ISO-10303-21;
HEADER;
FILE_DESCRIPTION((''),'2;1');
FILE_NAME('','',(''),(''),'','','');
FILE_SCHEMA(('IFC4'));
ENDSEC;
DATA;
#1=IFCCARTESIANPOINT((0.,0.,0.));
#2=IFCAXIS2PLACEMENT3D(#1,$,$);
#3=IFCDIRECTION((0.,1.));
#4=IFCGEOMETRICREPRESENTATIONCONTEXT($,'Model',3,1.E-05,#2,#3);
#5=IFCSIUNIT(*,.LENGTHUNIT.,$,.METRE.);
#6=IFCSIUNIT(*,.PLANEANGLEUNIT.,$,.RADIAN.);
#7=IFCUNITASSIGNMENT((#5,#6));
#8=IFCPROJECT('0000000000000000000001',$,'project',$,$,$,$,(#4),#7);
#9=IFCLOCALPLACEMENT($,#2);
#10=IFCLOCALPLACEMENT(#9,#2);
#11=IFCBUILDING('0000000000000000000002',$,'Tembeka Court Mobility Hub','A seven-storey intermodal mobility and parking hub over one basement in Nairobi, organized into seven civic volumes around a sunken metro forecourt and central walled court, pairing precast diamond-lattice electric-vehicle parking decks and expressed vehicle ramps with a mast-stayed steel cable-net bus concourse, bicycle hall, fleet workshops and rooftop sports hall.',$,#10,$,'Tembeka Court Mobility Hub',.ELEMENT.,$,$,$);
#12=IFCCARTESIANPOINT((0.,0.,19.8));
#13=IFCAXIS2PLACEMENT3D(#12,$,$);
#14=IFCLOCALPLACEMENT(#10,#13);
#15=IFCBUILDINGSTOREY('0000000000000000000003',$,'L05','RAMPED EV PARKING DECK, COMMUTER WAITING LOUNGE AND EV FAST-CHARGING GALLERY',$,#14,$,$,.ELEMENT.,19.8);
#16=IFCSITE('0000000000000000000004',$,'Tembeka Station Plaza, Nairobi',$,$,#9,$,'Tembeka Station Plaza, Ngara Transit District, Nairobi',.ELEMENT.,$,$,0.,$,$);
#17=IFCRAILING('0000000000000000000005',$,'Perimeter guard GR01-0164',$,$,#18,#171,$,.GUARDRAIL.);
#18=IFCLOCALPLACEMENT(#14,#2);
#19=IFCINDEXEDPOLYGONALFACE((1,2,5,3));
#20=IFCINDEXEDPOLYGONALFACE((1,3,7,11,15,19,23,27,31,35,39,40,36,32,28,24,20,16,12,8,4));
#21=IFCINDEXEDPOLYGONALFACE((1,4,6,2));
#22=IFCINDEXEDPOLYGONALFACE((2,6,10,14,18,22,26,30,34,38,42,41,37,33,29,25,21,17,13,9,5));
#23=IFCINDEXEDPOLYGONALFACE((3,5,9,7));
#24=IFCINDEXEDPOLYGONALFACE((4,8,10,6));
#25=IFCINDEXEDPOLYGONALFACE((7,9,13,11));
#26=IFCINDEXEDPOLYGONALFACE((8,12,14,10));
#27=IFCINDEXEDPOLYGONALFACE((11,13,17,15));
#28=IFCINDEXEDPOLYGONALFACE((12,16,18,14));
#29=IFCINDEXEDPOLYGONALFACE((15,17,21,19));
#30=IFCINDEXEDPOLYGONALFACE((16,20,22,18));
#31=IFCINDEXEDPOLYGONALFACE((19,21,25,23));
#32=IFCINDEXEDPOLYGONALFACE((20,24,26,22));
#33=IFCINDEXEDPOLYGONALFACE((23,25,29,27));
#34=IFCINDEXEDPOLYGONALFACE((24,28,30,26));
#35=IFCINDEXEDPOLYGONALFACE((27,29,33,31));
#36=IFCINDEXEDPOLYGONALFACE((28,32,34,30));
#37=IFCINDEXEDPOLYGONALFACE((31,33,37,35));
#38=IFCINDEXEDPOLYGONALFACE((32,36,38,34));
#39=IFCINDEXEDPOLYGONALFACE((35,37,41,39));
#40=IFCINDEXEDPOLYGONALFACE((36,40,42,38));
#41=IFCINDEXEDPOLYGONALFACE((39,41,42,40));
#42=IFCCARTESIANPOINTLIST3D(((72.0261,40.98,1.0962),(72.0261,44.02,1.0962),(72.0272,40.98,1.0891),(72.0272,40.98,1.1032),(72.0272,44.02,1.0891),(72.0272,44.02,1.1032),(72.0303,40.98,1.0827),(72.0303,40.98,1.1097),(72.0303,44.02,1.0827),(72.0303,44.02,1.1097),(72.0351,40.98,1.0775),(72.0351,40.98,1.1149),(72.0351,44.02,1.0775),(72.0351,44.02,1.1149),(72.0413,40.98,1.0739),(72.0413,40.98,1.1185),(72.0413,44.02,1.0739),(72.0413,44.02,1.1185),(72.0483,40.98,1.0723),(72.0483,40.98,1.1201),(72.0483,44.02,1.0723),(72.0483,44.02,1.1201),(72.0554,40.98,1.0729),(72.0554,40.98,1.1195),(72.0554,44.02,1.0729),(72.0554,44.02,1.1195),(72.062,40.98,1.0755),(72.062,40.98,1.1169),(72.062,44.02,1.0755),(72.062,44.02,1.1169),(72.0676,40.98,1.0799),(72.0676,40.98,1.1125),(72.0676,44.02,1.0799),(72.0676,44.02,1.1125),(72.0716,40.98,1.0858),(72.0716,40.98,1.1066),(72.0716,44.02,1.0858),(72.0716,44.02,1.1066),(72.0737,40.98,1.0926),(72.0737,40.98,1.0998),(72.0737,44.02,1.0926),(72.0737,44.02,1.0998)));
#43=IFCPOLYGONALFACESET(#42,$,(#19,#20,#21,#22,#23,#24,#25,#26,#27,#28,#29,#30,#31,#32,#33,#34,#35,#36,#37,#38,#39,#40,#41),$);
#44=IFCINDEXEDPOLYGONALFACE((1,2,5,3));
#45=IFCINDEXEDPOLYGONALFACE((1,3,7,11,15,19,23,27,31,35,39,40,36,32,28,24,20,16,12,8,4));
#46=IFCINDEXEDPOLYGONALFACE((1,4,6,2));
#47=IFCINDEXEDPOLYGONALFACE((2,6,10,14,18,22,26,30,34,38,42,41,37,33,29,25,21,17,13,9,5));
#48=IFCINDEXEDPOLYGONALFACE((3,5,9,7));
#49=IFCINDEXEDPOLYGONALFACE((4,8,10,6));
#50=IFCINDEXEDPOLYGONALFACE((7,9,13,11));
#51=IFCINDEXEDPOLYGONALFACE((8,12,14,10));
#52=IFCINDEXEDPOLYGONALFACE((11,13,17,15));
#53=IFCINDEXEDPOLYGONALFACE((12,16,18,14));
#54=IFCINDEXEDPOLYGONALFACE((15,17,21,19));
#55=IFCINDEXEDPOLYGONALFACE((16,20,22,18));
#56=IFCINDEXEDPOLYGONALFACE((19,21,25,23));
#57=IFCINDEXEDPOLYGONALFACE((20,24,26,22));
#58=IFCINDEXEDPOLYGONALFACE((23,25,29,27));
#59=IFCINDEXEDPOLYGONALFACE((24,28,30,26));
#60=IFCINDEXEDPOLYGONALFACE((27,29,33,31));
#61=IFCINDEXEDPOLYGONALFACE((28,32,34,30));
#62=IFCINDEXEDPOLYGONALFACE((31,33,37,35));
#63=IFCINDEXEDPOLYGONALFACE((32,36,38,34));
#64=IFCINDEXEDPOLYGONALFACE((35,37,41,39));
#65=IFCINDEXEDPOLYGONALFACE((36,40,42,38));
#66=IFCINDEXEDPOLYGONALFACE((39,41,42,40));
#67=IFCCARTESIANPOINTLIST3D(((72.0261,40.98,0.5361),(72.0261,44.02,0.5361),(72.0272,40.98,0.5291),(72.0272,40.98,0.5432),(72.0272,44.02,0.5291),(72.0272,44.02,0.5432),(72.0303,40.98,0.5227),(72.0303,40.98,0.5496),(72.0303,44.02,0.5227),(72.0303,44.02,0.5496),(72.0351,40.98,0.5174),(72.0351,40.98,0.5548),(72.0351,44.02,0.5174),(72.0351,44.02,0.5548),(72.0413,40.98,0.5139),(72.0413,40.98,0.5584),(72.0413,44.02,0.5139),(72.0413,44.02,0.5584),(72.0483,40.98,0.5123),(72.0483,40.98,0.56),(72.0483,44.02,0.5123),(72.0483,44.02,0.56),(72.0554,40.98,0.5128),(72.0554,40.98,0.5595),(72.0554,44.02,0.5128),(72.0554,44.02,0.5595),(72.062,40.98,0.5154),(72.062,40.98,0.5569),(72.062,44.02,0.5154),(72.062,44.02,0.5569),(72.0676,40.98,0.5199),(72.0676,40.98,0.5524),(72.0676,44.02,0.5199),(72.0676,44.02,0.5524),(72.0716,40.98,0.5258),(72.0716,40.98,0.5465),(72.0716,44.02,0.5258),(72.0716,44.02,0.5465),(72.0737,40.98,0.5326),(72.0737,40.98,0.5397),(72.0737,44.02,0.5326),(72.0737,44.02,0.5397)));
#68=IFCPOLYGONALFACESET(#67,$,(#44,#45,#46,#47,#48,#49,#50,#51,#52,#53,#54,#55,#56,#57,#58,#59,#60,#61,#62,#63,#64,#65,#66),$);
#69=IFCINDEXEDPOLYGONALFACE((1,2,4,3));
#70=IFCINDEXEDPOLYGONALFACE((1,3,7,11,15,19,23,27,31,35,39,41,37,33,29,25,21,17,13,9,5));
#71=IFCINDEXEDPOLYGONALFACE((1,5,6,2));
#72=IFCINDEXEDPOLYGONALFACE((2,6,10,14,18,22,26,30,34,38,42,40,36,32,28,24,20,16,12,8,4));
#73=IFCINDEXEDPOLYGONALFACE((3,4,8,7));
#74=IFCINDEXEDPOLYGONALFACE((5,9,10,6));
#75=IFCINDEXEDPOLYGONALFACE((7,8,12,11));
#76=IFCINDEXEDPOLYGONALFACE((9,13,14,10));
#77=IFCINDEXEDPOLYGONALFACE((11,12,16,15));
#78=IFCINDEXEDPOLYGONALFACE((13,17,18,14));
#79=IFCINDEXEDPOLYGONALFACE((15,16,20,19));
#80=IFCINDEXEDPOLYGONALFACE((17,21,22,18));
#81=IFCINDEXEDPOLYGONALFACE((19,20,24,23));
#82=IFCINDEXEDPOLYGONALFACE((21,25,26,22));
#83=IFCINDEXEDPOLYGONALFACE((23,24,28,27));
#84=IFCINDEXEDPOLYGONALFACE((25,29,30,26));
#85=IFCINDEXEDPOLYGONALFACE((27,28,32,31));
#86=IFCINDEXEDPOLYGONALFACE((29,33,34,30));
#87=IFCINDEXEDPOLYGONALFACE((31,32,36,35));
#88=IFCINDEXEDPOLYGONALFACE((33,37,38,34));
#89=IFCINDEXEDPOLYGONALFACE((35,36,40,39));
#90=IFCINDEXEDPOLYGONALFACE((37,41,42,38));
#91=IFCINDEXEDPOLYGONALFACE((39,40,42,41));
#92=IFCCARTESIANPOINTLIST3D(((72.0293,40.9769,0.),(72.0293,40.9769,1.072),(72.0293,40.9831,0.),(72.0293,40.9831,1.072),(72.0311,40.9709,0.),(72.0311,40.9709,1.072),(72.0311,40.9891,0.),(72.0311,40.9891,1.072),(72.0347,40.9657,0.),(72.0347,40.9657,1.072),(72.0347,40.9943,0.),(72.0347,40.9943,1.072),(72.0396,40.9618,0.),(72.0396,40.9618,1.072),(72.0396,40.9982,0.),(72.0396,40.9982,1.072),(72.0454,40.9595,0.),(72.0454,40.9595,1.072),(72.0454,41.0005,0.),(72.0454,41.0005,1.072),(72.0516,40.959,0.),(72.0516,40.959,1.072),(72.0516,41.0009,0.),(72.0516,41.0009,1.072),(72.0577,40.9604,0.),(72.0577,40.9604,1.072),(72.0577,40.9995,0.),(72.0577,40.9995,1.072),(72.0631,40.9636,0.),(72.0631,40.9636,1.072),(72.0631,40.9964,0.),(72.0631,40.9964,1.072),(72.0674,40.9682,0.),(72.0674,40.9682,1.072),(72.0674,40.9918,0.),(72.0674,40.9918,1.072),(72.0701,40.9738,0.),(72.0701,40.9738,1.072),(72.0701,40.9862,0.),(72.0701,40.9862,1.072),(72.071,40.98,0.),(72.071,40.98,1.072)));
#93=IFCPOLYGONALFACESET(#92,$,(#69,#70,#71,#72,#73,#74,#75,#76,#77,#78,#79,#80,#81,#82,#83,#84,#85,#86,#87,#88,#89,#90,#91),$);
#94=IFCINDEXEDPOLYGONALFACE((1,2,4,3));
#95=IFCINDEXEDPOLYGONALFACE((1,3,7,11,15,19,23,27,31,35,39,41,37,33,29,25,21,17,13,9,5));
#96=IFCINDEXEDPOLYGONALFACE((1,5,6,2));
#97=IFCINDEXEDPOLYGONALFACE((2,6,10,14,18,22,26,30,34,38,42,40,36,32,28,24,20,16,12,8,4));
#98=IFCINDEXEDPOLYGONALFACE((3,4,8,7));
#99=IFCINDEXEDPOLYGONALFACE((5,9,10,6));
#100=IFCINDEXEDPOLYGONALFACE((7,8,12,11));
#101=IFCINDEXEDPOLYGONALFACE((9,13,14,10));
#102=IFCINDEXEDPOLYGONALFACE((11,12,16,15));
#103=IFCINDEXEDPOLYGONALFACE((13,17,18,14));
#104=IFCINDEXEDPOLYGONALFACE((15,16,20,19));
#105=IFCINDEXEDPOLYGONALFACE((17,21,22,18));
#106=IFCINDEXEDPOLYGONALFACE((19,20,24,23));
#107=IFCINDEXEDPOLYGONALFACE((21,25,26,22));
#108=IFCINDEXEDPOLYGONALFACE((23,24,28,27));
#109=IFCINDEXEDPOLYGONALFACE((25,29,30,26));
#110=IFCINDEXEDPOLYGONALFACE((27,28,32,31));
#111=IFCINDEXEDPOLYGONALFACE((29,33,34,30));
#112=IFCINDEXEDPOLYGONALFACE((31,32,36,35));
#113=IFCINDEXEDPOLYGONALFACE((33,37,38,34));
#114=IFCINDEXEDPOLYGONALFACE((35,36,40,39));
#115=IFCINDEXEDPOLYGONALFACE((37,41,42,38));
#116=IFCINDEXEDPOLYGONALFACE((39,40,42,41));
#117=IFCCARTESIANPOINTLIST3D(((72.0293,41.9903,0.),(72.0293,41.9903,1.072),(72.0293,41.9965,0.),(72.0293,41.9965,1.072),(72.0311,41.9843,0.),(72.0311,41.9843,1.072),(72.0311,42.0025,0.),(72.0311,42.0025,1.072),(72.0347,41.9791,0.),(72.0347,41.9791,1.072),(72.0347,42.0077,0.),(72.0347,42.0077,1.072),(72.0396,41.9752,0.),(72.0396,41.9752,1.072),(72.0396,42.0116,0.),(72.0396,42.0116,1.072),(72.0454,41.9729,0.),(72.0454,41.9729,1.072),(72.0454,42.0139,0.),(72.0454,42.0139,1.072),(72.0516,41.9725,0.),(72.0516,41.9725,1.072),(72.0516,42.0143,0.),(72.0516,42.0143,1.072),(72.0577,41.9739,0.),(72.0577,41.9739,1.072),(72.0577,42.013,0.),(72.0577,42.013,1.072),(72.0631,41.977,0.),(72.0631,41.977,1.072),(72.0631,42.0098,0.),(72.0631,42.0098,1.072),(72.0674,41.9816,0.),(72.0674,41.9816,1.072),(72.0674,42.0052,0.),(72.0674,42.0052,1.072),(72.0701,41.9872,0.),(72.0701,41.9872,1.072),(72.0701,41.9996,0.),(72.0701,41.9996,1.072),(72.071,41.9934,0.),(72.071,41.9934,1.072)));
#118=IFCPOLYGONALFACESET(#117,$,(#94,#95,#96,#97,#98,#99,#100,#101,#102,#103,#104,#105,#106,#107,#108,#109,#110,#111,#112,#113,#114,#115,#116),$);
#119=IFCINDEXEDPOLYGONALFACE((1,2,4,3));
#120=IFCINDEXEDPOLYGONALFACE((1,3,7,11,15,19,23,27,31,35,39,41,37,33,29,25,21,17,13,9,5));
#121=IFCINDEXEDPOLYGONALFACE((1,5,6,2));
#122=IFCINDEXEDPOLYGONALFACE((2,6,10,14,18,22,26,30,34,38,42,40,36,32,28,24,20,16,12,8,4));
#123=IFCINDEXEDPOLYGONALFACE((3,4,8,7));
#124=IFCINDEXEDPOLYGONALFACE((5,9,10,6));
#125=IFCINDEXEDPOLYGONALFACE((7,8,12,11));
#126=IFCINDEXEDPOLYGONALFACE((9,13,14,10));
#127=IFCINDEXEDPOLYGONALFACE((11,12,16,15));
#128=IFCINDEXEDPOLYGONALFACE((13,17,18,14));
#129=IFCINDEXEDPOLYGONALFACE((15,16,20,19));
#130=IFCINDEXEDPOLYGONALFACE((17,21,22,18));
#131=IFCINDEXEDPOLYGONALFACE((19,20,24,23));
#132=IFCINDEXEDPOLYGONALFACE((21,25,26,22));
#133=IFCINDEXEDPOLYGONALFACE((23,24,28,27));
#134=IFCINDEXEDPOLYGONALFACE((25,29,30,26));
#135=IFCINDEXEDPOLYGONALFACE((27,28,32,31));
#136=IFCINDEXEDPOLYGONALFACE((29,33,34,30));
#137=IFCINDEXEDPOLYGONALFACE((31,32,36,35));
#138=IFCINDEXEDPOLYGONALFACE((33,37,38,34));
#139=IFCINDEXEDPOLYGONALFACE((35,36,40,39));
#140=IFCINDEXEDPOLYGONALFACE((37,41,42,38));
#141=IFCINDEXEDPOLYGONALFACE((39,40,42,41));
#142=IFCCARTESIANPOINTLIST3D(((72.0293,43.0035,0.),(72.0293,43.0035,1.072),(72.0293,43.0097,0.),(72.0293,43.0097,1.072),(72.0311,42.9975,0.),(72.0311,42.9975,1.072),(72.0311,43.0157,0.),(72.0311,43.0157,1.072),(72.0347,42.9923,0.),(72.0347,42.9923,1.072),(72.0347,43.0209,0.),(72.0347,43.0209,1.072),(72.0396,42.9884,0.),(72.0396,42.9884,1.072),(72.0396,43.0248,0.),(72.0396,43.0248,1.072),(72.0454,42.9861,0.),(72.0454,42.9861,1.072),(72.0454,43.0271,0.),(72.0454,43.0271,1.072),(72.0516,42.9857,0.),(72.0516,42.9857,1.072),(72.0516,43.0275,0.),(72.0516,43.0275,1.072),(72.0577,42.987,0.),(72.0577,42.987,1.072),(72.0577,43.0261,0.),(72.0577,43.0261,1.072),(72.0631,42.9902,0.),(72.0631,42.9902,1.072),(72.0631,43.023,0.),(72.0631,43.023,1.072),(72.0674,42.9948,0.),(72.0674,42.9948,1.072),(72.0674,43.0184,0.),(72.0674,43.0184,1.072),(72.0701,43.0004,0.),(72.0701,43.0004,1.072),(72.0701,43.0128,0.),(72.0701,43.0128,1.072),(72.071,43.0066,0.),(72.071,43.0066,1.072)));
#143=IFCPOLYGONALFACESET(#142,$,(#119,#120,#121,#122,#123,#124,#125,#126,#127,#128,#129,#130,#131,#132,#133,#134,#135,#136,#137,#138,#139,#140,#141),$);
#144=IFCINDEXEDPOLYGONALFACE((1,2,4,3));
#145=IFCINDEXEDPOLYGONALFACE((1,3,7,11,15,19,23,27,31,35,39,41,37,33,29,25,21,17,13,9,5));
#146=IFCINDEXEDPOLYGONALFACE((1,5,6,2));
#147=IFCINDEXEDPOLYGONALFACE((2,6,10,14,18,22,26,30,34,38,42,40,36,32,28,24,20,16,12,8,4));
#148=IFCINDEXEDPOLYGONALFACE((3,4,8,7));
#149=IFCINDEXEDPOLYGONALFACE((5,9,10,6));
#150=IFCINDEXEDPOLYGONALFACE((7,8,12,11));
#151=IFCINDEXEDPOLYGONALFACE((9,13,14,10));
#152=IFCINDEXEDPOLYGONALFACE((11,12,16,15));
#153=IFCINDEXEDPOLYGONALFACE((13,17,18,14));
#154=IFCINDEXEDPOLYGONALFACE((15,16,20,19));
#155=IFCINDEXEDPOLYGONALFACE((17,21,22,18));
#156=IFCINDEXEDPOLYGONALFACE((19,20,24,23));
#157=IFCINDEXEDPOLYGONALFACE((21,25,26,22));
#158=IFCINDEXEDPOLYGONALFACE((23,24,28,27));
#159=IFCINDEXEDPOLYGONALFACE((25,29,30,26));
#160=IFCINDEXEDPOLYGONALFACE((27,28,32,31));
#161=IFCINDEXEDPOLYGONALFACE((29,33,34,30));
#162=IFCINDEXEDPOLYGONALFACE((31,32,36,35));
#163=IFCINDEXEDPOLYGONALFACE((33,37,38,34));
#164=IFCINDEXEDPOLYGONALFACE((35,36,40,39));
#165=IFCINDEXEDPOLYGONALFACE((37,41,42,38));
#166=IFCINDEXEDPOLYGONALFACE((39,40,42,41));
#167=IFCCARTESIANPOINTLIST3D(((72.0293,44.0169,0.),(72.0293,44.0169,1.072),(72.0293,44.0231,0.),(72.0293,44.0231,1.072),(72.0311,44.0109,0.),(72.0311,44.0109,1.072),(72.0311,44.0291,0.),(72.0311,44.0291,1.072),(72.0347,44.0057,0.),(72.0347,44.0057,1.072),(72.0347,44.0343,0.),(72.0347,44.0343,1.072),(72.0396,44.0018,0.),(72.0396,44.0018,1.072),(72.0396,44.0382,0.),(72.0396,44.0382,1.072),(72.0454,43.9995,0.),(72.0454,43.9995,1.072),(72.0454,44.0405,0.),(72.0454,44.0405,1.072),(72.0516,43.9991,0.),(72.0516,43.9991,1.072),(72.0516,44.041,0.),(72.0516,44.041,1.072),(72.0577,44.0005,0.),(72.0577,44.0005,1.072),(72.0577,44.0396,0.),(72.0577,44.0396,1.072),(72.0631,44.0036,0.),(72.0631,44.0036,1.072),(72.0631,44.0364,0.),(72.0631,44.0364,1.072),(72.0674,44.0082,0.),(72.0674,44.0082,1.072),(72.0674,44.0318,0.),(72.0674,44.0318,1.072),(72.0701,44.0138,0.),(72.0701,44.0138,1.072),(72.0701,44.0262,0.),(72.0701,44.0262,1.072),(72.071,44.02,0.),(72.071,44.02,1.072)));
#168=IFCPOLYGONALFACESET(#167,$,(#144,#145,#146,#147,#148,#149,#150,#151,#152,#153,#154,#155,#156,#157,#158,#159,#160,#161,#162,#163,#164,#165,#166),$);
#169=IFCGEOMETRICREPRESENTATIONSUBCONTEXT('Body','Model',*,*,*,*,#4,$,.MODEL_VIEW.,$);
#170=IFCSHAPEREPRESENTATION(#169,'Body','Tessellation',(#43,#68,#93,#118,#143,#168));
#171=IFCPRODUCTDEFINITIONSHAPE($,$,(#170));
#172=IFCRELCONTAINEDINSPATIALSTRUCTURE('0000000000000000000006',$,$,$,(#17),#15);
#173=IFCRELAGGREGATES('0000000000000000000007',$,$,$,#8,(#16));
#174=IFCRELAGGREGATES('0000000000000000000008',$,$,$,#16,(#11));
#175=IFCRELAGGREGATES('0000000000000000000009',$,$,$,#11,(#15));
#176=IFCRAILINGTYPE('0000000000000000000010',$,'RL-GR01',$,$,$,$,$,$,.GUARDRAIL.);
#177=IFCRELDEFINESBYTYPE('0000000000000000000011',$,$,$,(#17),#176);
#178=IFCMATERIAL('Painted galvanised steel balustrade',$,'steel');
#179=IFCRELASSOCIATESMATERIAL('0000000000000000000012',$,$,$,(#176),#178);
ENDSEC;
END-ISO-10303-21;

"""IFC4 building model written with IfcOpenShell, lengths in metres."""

from ifc_helpers import new_model, si_unit, direction, frame, origin, origin_2d, place, context, subcontext, project, spatial, circle, extrude, material, type_object, element, save


model = new_model("IFC4")

# Units and contexts
model_context = context("Model", 3, precision=1e-05, world=origin(), true_north=direction((0.0, 1.0)))
body_context = subcontext(model_context, "Body", "Model", "MODEL_VIEW")
ifc_project = project(units=[si_unit("LENGTHUNIT", "METRE"), si_unit("PLANEANGLEUNIT", "RADIAN")], contexts=[model_context])

# Site, building, storey
site_placement = place(None, origin())
site = spatial("IfcSite", under=ifc_project, at=site_placement, Name="Tembeka Station Plaza, Nairobi", LongName="Tembeka Station Plaza, Ngara Transit District, Nairobi", CompositionType="ELEMENT", RefElevation=0.0)
building_placement = place(site_placement, origin())
building = spatial("IfcBuilding", under=site, at=building_placement, Name="Tembeka Court Mobility Hub", Description="A seven-storey intermodal mobility and parking hub over one basement in Nairobi, organized into seven civic volumes around a sunken metro forecourt and central walled court, pairing precast diamond-lattice electric-vehicle parking decks and expressed vehicle ramps with a mast-stayed steel cable-net bus concourse, bicycle hall, fleet workshops and rooftop sports hall.", LongName="Tembeka Court Mobility Hub", CompositionType="ELEMENT")
storey_placement = place(building_placement, frame((0.0, 0.0, 19.8)))
storey = spatial("IfcBuildingStorey", under=building, at=storey_placement, Name="L05", Description="RAMPED EV PARKING DECK, COMMUTER WAITING LOUNGE AND EV FAST-CHARGING GALLERY", CompositionType="ELEMENT", Elevation=19.8)

# Railing
ifc_material_1 = material(Name="Painted galvanised steel balustrade", Category="steel")
railing_type = type_object("IfcRailingType", Name="RL-GR01", PredefinedType="GUARDRAIL", material=ifc_material_1)
railing_1_placement = place(storey_placement, frame((72.05, 40.98, 0.0)))
element("IfcRailing", 1, at=railing_1_placement, inside=storey, type_object=railing_type, Name="Perimeter guard GR01-0164", PredefinedType="GUARDRAIL", context=body_context, shape_type="SweptSolid", body=[
    extrude(circle(Radius=0.0239, at=origin_2d()), frame((0.0, 0.0, 1.0962), z_axis=(0.0, 1.0, 0.0), x_axis=(-1.0, 0.0, 0.0)), (0.0, 0.0, 1.0), 3.04),
    extrude(circle(Radius=0.0239, at=origin_2d()), frame((0.0, 0.0, 0.5361), z_axis=(0.0, 1.0, 0.0), x_axis=(-1.0, 0.0, 0.0)), (0.0, 0.0, 1.0), 3.04),
    extrude(circle(Radius=0.021, at=origin_2d()), origin(), (0.0, 0.0, 1.0), 1.072),
    extrude(circle(Radius=0.021, at=origin_2d()), frame((0.0, 1.0134, 0.0)), (0.0, 0.0, 1.0), 1.072),
    extrude(circle(Radius=0.021, at=origin_2d()), frame((0.0, 2.0266, 0.0)), (0.0, 0.0, 1.0), 1.072),
    extrude(circle(Radius=0.021, at=origin_2d()), frame((0.0, 3.04, 0.0)), (0.0, 0.0, 1.0), 1.072),
])

save(model, "model.ifc")
